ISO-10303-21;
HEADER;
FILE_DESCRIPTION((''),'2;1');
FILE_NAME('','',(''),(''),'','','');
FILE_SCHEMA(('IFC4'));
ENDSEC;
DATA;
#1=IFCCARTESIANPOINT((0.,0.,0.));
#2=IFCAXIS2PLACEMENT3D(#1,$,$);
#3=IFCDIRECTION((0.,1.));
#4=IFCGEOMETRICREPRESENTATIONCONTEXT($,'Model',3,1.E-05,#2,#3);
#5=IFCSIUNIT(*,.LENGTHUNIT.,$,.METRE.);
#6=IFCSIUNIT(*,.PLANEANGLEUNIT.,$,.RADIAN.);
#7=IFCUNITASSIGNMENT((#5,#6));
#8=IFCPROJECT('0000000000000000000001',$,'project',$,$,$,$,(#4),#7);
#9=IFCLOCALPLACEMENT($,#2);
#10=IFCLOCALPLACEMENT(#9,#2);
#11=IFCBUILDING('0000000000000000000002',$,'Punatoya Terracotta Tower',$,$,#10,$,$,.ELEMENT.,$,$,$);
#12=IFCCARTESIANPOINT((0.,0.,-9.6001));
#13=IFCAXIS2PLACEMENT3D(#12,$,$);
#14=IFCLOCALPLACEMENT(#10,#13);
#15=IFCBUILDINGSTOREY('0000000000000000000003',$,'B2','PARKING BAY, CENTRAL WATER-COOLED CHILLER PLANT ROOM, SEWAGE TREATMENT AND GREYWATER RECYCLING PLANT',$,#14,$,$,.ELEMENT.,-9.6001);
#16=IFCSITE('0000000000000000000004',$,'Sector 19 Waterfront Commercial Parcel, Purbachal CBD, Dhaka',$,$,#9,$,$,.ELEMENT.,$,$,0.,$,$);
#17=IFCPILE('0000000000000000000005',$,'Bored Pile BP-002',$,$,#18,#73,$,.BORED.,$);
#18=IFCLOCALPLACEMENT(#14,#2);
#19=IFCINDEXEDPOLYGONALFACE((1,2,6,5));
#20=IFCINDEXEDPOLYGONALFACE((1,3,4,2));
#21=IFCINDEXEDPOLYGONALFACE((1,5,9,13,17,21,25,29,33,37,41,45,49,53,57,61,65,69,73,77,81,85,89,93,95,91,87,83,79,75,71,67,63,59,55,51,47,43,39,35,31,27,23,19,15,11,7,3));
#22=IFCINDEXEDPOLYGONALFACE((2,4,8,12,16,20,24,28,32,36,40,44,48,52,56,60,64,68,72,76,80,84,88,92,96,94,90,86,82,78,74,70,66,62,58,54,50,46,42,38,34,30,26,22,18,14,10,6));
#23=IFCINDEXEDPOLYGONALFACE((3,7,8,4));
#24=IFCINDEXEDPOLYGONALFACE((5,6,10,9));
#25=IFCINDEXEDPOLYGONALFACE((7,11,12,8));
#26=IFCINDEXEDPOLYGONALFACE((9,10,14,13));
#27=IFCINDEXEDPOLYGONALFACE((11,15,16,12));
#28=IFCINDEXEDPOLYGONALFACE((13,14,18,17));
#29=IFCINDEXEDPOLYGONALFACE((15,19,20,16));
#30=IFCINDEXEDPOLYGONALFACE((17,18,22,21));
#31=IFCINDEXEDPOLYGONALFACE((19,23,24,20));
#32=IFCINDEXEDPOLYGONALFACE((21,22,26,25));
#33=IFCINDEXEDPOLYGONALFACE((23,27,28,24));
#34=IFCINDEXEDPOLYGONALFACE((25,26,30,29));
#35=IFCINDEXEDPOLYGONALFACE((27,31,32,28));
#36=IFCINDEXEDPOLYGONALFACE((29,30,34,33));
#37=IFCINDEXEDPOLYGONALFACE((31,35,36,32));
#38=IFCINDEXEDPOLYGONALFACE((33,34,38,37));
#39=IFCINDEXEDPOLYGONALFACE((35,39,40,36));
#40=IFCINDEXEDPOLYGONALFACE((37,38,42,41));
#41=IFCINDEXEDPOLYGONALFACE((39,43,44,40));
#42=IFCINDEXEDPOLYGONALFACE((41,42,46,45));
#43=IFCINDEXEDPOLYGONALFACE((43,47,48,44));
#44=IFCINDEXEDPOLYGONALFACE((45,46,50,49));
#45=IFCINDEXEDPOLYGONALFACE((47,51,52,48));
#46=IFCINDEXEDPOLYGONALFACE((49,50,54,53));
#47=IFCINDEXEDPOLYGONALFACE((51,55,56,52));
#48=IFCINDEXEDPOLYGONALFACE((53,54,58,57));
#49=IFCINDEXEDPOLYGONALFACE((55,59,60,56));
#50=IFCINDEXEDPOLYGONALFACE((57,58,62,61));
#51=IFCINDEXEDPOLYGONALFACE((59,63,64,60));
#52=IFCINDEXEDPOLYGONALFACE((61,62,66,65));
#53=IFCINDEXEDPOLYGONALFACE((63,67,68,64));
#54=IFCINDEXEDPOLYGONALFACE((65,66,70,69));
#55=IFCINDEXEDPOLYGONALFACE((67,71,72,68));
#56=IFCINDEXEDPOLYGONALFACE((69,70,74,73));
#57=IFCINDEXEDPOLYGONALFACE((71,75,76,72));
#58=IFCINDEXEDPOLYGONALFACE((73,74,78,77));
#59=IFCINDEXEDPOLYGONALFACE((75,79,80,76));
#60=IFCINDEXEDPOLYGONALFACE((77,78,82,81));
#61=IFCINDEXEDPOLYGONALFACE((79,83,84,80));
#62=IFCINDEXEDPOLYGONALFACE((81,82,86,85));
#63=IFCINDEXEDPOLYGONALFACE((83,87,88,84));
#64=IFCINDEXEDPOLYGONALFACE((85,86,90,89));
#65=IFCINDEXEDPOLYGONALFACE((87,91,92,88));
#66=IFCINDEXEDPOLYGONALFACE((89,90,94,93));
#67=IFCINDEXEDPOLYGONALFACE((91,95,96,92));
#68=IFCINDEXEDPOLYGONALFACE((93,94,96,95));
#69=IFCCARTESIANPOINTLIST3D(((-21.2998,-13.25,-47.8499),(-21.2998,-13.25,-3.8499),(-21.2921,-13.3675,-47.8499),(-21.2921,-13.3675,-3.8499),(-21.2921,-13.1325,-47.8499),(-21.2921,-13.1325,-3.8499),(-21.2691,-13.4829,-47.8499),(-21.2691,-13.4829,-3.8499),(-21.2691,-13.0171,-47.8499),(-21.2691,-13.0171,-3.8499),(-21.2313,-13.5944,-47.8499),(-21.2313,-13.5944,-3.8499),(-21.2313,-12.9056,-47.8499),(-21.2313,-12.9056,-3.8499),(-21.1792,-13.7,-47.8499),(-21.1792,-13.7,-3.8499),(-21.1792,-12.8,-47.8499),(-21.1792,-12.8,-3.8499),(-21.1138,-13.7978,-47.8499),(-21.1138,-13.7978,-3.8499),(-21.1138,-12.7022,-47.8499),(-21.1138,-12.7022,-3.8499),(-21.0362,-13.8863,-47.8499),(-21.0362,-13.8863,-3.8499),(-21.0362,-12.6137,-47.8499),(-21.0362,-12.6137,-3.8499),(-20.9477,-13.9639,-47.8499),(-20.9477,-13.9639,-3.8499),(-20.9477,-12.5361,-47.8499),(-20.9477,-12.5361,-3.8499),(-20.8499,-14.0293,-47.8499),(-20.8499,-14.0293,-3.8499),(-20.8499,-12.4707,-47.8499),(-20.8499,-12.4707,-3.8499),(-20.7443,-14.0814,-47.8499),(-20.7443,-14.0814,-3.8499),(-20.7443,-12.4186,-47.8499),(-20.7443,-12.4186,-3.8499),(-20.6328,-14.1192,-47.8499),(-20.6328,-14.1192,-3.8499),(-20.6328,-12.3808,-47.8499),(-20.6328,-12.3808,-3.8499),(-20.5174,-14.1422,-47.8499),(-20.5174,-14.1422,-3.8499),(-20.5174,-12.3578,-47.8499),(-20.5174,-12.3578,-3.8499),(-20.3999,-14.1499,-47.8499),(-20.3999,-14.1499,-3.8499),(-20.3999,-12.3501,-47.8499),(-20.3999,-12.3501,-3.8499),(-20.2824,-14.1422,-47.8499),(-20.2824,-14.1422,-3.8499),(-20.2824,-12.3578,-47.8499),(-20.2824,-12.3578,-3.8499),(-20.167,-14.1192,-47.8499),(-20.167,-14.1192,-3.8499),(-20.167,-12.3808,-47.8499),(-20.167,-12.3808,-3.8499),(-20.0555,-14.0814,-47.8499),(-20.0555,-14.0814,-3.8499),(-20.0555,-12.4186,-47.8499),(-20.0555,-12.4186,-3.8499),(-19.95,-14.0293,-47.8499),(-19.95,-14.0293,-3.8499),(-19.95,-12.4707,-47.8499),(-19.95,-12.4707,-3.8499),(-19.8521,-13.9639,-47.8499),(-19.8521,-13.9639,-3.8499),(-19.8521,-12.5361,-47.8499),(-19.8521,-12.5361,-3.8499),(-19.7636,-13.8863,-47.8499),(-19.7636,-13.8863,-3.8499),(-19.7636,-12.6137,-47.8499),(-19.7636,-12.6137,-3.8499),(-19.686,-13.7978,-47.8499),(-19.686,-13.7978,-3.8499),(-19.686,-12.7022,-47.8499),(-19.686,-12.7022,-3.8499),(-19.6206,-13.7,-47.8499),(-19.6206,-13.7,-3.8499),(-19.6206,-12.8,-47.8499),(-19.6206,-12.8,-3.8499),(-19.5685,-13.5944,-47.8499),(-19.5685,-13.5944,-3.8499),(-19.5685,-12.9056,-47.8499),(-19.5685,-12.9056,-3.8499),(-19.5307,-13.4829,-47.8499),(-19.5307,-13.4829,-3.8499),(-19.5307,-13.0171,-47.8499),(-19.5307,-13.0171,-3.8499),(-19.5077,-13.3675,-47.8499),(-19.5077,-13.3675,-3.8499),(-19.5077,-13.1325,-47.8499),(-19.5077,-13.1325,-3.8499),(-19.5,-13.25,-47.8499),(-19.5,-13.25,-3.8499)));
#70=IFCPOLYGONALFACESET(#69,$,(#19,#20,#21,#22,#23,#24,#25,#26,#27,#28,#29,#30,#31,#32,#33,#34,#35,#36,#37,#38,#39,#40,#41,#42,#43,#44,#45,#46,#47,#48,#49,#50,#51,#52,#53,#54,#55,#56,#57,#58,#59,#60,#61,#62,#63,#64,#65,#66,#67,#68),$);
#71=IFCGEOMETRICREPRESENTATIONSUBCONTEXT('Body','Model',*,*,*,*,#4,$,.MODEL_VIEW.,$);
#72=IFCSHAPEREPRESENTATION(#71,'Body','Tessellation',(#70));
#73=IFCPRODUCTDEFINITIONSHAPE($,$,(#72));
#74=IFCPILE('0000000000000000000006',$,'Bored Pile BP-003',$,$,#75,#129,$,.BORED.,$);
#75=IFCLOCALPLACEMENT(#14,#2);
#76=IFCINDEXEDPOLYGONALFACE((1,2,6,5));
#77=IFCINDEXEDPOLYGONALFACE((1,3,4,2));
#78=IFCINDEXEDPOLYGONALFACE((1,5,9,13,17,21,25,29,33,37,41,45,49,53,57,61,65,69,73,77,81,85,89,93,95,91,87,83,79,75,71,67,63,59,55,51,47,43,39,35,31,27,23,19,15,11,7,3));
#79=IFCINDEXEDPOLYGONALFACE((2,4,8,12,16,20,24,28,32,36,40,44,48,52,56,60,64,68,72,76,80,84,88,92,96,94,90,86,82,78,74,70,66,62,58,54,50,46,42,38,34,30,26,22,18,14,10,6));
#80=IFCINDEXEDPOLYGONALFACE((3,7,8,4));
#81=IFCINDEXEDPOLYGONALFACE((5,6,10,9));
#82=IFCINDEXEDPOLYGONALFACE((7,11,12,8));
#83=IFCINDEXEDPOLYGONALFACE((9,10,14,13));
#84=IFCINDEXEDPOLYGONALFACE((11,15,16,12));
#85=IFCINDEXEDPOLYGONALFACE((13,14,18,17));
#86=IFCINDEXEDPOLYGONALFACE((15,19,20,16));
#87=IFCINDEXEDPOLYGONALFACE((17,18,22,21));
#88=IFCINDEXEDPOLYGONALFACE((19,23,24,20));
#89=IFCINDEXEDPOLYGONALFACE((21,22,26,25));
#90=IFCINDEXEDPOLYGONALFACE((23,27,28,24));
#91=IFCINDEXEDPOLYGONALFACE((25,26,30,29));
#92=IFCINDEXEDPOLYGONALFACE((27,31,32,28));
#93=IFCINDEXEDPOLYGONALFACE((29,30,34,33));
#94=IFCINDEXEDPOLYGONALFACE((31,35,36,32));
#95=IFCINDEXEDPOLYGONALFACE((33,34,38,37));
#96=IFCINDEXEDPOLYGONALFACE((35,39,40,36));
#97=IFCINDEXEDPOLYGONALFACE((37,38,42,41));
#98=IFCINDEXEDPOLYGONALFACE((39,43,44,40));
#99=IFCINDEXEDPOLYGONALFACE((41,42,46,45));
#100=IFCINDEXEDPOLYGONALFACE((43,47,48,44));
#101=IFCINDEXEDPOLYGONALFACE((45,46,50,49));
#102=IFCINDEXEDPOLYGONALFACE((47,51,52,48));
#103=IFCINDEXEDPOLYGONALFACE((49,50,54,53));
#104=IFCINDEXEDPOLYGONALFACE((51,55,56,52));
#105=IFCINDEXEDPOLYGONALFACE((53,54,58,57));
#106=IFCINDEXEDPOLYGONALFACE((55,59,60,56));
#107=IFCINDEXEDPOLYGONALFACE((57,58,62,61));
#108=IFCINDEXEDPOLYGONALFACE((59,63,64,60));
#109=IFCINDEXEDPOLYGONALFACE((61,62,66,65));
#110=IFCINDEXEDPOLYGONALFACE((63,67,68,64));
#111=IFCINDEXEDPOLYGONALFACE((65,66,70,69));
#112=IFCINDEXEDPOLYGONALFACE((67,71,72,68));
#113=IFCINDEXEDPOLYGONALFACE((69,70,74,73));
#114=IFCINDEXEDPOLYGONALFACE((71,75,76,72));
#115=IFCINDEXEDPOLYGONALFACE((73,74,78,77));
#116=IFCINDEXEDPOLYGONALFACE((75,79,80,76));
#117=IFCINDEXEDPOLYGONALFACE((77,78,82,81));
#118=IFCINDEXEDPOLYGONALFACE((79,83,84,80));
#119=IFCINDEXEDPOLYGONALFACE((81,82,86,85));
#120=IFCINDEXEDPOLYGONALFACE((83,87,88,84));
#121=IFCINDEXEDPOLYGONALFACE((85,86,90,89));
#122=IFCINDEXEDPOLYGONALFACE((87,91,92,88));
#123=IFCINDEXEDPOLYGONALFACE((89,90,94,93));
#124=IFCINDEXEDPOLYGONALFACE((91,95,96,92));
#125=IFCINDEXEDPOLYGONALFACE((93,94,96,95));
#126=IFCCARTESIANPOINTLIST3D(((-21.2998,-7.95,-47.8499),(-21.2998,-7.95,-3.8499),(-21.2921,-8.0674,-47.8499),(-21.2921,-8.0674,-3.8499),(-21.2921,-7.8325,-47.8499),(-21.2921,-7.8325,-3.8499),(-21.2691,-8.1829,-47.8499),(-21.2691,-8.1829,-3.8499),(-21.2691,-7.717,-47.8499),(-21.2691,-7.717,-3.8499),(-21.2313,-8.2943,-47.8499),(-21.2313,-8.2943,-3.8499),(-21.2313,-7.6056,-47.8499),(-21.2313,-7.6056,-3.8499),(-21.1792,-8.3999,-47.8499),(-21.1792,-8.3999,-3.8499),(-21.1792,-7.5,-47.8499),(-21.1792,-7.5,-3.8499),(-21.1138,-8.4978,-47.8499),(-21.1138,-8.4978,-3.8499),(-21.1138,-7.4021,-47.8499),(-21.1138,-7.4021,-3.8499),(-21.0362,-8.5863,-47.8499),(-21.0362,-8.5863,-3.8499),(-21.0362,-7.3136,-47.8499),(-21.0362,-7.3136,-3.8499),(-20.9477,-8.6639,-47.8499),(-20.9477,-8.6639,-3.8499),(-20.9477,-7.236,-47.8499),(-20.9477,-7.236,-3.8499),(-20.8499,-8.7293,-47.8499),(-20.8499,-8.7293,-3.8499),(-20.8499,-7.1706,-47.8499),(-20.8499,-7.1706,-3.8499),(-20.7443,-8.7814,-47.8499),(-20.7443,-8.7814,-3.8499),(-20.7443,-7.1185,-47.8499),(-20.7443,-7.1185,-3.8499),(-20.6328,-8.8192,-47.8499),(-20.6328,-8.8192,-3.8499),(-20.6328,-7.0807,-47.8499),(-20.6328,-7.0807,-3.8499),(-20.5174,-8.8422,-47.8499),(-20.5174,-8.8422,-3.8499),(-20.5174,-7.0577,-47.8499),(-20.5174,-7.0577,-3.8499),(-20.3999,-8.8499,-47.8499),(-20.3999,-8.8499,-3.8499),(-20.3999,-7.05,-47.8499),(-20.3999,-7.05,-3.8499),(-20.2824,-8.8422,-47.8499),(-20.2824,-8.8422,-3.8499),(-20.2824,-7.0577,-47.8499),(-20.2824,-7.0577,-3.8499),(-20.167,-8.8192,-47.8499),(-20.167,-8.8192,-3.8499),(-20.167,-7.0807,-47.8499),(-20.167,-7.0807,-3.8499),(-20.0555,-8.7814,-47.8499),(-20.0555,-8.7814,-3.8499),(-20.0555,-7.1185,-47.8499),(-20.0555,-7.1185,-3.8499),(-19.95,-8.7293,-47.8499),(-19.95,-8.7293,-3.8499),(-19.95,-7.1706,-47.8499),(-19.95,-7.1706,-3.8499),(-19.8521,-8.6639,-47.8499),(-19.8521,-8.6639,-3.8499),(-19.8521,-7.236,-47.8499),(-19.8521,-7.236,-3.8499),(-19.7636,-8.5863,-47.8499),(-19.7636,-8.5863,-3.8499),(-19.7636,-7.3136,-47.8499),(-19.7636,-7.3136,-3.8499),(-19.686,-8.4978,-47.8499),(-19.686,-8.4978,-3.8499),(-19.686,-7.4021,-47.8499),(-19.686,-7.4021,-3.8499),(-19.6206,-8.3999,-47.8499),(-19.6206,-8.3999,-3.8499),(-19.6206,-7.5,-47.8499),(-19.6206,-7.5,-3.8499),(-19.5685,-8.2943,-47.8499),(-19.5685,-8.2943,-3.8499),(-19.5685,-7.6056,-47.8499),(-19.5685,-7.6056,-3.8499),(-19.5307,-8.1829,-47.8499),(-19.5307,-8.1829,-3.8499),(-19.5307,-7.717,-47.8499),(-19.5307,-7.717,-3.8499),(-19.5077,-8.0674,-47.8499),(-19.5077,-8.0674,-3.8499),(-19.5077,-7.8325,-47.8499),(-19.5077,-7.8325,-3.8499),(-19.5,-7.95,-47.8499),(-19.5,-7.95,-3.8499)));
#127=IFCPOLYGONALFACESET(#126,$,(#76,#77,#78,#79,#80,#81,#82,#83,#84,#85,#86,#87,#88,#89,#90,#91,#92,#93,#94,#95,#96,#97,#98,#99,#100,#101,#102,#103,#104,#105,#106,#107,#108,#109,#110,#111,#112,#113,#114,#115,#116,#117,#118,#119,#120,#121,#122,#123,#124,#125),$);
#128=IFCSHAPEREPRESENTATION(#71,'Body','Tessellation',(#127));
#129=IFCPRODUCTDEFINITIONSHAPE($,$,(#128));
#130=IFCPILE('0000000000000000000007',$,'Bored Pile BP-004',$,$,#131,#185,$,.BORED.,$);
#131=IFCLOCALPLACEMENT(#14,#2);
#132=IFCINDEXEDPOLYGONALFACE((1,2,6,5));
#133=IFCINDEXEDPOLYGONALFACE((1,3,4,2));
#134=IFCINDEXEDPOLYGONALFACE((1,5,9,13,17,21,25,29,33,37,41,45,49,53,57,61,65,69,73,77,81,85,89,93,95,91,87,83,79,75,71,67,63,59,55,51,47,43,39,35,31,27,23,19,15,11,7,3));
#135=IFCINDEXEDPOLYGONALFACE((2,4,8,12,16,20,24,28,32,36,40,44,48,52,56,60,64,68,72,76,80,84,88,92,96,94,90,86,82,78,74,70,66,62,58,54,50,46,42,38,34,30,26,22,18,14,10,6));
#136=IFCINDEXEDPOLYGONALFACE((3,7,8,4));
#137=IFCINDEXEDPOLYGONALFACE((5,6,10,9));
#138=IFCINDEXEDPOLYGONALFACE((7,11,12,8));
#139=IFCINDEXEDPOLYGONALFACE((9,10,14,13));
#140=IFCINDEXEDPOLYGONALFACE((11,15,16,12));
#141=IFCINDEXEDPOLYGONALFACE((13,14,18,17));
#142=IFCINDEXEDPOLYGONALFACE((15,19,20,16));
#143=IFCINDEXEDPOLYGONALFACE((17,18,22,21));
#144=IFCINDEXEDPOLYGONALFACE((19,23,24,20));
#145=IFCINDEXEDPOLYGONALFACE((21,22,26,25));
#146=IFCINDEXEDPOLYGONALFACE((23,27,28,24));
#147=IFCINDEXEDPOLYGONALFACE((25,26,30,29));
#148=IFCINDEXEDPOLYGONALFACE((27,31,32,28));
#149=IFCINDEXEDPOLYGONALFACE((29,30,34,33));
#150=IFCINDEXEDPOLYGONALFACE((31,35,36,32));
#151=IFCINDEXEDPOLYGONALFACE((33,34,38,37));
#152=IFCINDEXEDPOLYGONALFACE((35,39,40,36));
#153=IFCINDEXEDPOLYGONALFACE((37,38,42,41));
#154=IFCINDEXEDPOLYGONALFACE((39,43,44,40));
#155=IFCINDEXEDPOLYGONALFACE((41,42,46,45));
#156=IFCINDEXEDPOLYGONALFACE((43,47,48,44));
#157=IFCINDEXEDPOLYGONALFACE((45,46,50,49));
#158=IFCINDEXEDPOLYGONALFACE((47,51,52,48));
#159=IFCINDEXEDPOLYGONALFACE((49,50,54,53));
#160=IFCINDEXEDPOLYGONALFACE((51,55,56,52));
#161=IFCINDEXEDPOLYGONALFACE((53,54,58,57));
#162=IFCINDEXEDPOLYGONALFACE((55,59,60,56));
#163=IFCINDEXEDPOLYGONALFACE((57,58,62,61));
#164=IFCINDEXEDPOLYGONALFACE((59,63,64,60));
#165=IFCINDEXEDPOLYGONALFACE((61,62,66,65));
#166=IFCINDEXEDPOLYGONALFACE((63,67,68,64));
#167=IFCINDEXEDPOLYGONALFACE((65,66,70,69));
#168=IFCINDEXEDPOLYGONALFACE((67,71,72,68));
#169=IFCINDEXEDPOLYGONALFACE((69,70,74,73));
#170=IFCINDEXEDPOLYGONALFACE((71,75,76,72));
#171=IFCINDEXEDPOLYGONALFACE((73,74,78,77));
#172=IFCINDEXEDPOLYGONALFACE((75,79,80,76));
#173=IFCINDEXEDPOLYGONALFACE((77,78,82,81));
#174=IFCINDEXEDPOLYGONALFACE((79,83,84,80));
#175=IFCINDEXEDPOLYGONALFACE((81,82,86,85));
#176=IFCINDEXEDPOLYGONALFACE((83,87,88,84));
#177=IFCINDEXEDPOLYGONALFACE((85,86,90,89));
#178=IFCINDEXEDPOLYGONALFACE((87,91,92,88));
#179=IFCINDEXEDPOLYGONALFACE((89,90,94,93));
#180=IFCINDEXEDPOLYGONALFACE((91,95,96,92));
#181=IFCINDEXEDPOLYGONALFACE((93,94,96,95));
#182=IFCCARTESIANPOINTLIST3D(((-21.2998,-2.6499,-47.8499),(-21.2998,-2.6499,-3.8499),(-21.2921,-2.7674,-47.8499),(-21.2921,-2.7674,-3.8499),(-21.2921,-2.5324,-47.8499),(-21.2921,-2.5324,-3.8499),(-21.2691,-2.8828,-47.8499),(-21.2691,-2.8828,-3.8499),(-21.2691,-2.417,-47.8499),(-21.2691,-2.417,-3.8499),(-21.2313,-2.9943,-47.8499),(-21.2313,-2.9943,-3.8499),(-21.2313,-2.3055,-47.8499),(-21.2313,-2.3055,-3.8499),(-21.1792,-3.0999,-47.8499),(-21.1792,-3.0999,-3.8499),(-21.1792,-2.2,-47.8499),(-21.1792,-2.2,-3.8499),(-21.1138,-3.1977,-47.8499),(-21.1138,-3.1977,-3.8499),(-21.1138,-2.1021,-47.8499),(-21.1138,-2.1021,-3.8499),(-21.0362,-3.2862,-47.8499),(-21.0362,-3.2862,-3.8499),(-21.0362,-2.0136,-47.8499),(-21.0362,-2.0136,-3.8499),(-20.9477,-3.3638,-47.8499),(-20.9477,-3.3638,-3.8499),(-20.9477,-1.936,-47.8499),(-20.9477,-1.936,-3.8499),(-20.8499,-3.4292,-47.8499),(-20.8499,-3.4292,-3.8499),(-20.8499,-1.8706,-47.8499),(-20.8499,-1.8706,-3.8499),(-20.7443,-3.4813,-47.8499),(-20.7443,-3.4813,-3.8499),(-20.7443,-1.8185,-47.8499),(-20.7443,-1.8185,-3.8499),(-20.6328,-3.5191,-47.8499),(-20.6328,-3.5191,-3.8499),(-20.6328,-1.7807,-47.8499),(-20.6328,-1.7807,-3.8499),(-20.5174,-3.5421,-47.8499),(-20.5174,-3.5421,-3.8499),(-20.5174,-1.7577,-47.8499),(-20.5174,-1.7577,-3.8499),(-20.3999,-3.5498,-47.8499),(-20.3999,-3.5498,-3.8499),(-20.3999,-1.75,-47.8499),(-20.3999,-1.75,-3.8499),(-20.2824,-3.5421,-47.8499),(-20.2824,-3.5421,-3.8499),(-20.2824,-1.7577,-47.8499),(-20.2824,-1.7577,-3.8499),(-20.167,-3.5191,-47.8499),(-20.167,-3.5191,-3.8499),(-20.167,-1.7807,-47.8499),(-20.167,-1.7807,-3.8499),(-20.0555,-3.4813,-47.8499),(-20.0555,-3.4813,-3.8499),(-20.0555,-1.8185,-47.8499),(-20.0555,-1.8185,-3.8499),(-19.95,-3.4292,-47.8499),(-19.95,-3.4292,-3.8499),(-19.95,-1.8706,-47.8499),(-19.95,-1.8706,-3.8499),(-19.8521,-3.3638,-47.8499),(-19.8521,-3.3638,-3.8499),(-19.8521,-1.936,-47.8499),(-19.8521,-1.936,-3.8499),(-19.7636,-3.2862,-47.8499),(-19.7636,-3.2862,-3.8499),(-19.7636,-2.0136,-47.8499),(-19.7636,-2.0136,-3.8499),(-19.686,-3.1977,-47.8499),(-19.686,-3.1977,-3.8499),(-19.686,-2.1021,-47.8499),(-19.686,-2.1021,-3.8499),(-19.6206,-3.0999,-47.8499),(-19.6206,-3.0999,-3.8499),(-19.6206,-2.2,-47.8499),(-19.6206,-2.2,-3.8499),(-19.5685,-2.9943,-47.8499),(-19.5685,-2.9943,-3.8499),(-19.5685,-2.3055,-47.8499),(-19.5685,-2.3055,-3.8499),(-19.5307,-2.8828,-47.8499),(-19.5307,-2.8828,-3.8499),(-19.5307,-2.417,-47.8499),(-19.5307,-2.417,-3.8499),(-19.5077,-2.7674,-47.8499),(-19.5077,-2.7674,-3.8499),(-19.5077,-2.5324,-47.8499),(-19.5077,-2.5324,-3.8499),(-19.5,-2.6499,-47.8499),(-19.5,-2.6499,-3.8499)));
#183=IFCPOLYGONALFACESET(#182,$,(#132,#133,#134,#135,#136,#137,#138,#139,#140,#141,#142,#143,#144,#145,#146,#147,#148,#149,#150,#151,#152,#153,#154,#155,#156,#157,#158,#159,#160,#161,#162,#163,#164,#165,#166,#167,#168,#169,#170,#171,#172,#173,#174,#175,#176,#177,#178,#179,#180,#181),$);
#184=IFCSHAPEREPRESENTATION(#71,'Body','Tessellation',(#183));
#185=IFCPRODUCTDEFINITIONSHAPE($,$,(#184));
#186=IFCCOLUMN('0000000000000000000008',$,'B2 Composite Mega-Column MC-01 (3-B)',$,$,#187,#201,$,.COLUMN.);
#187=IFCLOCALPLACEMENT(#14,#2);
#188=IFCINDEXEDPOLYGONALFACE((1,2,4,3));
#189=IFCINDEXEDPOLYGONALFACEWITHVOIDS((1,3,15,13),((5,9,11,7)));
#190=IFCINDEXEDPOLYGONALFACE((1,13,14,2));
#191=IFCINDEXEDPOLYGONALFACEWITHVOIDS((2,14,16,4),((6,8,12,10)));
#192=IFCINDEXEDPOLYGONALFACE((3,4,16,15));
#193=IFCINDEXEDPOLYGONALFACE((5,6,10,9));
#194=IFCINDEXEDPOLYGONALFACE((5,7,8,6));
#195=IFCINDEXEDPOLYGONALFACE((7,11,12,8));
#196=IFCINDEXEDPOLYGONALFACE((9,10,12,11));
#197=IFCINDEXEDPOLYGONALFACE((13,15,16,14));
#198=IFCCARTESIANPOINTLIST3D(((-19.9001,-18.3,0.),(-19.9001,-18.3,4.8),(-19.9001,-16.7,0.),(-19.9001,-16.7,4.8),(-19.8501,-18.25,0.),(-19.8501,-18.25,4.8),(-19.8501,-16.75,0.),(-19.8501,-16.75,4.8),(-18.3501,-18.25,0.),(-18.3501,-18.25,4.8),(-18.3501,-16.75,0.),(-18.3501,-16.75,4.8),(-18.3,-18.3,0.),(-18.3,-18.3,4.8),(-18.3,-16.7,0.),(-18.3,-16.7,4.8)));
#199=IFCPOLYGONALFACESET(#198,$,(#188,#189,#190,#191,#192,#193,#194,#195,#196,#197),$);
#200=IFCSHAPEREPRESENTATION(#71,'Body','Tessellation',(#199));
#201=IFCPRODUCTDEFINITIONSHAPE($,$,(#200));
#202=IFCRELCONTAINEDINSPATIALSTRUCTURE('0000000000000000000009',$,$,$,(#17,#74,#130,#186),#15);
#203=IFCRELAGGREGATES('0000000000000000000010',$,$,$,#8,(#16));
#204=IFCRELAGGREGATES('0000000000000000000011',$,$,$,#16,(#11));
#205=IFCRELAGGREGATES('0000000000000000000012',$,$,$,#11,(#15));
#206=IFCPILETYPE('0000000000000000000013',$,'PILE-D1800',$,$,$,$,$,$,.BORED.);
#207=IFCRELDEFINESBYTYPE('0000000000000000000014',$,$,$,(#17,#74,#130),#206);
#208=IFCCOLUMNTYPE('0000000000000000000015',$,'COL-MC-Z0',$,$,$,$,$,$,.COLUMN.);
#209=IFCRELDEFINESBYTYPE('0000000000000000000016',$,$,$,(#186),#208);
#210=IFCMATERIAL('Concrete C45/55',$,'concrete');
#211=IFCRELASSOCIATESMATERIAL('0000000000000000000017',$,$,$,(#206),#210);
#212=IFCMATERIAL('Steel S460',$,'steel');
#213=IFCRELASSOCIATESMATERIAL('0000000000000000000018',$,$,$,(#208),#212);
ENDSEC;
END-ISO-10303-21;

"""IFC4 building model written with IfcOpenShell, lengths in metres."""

from ifc_helpers import new_model, si_unit, direction, frame, origin, origin_2d, place, context, subcontext, project, spatial, hollow_rectangle, circle, extrude, material, material_profile, profile_set, type_object, element, save


model = new_model("IFC4")

# Units and contexts
model_context = context("Model", 3, precision=1e-05, world=origin(), true_north=direction((0.0, 1.0)))
body_context = subcontext(model_context, "Body", "Model", "MODEL_VIEW")
ifc_project = project(units=[si_unit("LENGTHUNIT", "METRE"), si_unit("PLANEANGLEUNIT", "RADIAN")], contexts=[model_context])

# Site, building, storey
site_placement = place(None, origin())
site = spatial("IfcSite", under=ifc_project, at=site_placement, Name="Sector 19 Waterfront Commercial Parcel, Purbachal CBD, Dhaka", CompositionType="ELEMENT", RefElevation=0.0)
building_placement = place(site_placement, origin())
building = spatial("IfcBuilding", under=site, at=building_placement, Name="Punatoya Terracotta Tower", CompositionType="ELEMENT")
storey_placement = place(building_placement, frame((0.0, 0.0, -9.6001)))
storey = spatial("IfcBuildingStorey", under=building, at=storey_placement, Name="B2", Description="PARKING BAY, CENTRAL WATER-COOLED CHILLER PLANT ROOM, SEWAGE TREATMENT AND GREYWATER RECYCLING PLANT", CompositionType="ELEMENT", Elevation=-9.6001)

# Shared definitions
ifc_material_1 = material(Name="Concrete C45/55", Category="concrete")

# Piles
ifc_material_profile_1 = material_profile(ifc_material_1, circle(Radius=0.8999, at=origin_2d()))
ifc_profile_set_1 = profile_set([ifc_material_profile_1], Name="Concrete C45/55")
pile_type_1 = type_object("IfcPileType", Name="PILE-D1800", PredefinedType="BORED", material=ifc_profile_set_1)
for number, where, z_axis, x_axis, name in (
    (1, (-20.3999, -13.25, -3.8499), (0.0, 0.0, -1.0), (1.0, 0.0, 0.0), "Bored Pile BP-002"),
    (2, (-20.3999, -7.95, -3.8499), (0.0, 0.0, -1.0), (1.0, 0.0, 0.0), "Bored Pile BP-003"),
    (3, (-20.3999, -2.6499, -3.8499), (0.0, 0.0, -1.0), (1.0, 0.0, 0.0), "Bored Pile BP-004"),
):
    element("IfcPile", number, at=place(storey_placement, frame(where, z_axis=z_axis, x_axis=x_axis)), inside=storey, type_object=pile_type_1, Name=name, PredefinedType="BORED", context=body_context, shape_type="SweptSolid", body=[
        extrude(circle(Radius=0.8999, at=origin_2d()), origin(), (0.0, 0.0, 1.0), 44.0),
    ])

# Column
ifc_material_2 = material(Name="Steel S460", Category="steel")
ifc_material_profile_2 = material_profile(ifc_material_2, hollow_rectangle(XDim=1.6001, YDim=1.6001, WallThickness=0.05, at=origin_2d()))
ifc_profile_set_2 = profile_set([ifc_material_profile_2], Name="Steel S460")
column_type_1 = type_object("IfcColumnType", Name="COL-MC-Z0", PredefinedType="COLUMN", material=ifc_profile_set_2)
for number, where, z_axis, x_axis, name in (
    (4, (-19.1001, -17.5, 0.0), (0.0, 0.0, 1.0), (1.0, 0.0, 0.0), "B2 Composite Mega-Column MC-01 (3-B)"),
):
    element("IfcColumn", number, at=place(storey_placement, frame(where, z_axis=z_axis, x_axis=x_axis)), inside=storey, type_object=column_type_1, Name=name, PredefinedType="COLUMN", context=body_context, shape_type="SweptSolid", body=[
        extrude(hollow_rectangle(XDim=1.6001, YDim=1.6001, WallThickness=0.05, at=origin_2d()), origin(), (0.0, 0.0, 1.0), 4.8),
    ])

save(model, "model.ifc")
